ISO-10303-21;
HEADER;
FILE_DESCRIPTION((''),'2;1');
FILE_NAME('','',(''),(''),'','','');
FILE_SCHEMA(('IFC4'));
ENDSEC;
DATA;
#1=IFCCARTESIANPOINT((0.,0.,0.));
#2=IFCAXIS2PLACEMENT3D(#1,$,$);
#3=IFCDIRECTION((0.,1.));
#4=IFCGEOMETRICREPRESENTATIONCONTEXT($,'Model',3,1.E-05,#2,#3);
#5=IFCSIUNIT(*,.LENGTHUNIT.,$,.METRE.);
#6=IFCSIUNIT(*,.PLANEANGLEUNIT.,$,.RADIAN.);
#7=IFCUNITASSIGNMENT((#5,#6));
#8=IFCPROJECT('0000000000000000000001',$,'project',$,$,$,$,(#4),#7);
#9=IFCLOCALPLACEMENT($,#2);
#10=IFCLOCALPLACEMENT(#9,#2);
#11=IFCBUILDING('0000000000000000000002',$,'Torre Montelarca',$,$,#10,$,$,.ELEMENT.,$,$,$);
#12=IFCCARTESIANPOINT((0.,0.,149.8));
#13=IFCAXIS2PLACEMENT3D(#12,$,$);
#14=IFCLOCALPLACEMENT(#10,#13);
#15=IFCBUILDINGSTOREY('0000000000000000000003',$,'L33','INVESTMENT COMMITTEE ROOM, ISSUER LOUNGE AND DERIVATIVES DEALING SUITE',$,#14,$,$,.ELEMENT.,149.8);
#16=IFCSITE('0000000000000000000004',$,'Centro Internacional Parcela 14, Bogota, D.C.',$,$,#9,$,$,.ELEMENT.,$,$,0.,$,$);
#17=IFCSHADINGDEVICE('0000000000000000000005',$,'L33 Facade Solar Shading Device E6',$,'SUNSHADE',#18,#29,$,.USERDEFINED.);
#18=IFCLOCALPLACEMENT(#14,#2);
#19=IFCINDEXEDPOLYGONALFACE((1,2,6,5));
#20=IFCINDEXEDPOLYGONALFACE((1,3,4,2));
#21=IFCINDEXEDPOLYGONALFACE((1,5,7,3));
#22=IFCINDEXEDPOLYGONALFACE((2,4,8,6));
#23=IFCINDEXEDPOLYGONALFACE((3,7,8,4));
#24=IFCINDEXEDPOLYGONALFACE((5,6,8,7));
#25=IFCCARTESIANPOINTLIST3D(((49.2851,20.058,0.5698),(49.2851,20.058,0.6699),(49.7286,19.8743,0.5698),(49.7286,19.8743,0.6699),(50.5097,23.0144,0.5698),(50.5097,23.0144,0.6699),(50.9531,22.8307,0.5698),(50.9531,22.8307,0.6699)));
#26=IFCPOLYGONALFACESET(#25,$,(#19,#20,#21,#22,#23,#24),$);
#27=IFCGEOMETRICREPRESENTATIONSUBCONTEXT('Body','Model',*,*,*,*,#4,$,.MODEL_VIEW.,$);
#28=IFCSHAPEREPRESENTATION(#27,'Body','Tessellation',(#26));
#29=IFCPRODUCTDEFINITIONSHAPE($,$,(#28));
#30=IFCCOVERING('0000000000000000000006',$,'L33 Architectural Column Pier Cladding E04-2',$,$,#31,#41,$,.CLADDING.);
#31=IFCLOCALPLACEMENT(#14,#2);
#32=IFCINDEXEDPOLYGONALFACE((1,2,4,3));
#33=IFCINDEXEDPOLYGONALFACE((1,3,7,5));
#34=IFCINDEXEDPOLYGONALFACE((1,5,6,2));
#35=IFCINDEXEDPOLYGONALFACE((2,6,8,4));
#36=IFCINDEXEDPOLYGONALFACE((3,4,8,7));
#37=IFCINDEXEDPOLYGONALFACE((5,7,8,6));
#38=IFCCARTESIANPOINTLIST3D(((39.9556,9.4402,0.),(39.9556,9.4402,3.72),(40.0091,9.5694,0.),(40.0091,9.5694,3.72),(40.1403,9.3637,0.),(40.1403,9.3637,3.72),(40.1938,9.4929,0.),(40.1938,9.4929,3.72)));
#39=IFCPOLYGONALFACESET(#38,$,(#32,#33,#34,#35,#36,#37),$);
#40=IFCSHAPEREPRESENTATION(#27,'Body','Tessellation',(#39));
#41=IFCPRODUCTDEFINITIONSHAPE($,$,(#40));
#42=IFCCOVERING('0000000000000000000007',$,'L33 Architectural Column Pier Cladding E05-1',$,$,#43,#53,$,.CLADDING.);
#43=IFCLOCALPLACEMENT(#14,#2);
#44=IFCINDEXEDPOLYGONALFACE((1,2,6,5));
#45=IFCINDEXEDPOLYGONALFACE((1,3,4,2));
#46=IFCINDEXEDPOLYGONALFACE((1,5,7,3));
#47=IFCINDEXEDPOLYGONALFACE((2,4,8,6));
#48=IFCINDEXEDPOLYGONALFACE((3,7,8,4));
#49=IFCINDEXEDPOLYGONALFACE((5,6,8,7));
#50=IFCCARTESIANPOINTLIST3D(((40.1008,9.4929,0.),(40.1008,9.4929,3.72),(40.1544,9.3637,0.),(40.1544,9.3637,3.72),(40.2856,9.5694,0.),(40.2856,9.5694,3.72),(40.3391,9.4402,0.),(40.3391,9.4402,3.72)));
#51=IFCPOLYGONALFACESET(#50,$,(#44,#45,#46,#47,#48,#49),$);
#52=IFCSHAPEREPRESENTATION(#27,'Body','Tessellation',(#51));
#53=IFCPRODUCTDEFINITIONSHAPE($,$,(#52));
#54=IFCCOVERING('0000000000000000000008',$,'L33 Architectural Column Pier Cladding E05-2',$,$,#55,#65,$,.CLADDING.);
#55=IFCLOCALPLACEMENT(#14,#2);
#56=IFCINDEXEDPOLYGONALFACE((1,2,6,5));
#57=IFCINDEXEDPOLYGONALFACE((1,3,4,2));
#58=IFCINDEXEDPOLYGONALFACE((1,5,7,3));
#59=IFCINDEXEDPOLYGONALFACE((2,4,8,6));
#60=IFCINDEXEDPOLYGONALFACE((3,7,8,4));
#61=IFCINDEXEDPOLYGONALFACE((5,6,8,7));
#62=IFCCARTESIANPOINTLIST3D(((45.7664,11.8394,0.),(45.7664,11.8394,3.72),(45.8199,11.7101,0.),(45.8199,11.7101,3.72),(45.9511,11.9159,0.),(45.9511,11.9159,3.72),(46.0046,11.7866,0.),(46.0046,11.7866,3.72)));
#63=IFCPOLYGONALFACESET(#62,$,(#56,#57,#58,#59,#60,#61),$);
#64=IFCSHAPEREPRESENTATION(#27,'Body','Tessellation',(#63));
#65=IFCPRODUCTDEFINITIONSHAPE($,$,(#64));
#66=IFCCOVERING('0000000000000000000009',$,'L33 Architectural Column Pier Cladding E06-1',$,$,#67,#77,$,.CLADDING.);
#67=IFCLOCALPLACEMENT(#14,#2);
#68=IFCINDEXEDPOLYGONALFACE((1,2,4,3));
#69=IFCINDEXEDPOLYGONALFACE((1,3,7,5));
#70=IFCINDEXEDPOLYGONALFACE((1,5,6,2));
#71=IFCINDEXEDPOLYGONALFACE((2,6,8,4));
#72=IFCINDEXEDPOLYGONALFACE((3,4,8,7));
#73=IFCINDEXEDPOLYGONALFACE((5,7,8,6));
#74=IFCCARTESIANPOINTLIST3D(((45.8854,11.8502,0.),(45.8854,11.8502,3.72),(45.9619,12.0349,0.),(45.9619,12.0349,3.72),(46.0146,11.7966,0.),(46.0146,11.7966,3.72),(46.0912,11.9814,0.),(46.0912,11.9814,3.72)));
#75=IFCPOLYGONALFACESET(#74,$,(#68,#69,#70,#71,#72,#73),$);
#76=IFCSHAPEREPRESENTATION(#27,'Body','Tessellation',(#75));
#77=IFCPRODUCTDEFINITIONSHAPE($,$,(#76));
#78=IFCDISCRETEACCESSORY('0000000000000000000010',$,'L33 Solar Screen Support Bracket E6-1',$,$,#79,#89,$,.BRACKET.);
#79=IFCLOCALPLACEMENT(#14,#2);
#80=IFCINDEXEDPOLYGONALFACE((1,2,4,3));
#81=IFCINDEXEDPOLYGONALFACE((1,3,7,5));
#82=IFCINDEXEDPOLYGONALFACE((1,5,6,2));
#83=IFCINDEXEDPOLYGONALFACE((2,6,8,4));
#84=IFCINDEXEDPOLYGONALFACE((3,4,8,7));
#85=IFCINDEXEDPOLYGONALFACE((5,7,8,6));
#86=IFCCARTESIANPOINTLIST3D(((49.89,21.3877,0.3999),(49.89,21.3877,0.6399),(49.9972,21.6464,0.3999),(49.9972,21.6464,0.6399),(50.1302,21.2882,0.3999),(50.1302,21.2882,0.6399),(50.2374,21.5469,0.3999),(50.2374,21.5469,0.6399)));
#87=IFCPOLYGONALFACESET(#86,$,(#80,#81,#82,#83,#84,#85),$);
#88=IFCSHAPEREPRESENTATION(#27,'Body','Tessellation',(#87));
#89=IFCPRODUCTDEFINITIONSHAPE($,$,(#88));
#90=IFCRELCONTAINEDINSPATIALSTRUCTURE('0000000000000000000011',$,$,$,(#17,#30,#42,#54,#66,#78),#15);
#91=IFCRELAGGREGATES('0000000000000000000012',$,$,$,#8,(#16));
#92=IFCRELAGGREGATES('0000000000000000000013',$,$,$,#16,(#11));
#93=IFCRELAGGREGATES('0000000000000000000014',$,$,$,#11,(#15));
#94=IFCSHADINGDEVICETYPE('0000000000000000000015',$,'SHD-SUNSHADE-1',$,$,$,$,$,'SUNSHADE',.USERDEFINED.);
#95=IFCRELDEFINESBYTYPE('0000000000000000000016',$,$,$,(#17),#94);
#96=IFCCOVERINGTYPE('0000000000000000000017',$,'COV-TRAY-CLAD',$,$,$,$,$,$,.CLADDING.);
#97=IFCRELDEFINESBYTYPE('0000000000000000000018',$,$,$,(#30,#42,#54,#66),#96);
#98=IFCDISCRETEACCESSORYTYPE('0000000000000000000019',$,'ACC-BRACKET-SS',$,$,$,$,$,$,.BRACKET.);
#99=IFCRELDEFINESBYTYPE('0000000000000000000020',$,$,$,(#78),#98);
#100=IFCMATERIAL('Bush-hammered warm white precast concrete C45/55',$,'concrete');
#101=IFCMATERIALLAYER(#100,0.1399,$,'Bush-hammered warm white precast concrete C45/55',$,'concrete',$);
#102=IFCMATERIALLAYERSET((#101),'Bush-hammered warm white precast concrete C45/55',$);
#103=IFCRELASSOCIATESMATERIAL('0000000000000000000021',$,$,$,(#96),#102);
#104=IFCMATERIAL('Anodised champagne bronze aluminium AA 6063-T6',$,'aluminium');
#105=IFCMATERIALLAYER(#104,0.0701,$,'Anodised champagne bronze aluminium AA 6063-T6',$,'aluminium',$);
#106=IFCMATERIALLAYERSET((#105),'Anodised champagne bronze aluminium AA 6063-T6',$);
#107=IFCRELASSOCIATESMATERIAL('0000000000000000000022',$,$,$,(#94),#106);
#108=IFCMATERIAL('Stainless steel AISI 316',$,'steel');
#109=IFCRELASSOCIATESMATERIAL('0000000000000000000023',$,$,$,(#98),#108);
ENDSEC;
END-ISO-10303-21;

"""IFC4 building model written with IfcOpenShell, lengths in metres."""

from ifc_helpers import new_model, si_unit, direction, frame, origin, origin_2d, place, context, subcontext, project, spatial, rectangle, extrude, source, transform, mapped, material, layer, layer_set, type_object, element, save


model = new_model("IFC4")

# Units and contexts
model_context = context("Model", 3, precision=1e-05, world=origin(), true_north=direction((0.0, 1.0)))
body_context = subcontext(model_context, "Body", "Model", "MODEL_VIEW")
ifc_project = project(units=[si_unit("LENGTHUNIT", "METRE"), si_unit("PLANEANGLEUNIT", "RADIAN")], contexts=[model_context])

# Site, building, storey
site_placement = place(None, origin())
site = spatial("IfcSite", under=ifc_project, at=site_placement, Name="Centro Internacional Parcela 14, Bogota, D.C.", CompositionType="ELEMENT", RefElevation=0.0)
building_placement = place(site_placement, origin())
building = spatial("IfcBuilding", under=site, at=building_placement, Name="Torre Montelarca", CompositionType="ELEMENT")
storey_placement = place(building_placement, frame((0.0, 0.0, 149.8)))
storey = spatial("IfcBuildingStorey", under=building, at=storey_placement, Name="L33", Description="INVESTMENT COMMITTEE ROOM, ISSUER LOUNGE AND DERIVATIVES DEALING SUITE", CompositionType="ELEMENT", Elevation=149.8)

# Shared definitions
ifc_material_1 = material(Name="Bush-hammered warm white precast concrete C45/55", Category="concrete")
ifc_layer_1 = layer(ifc_material_1, 0.1399, Name="Bush-hammered warm white precast concrete C45/55", Category="concrete")
ifc_layer_set_1 = layer_set([ifc_layer_1], Name="Bush-hammered warm white precast concrete C45/55")
covering_type = type_object("IfcCoveringType", Name="COV-TRAY-CLAD", PredefinedType="CLADDING", material=ifc_layer_set_1)

# Shading device
ifc_material_2 = material(Name="Anodised champagne bronze aluminium AA 6063-T6", Category="aluminium")
ifc_layer_2 = layer(ifc_material_2, 0.0701, Name="Anodised champagne bronze aluminium AA 6063-T6", Category="aluminium")
ifc_layer_set_2 = layer_set([ifc_layer_2], Name="Anodised champagne bronze aluminium AA 6063-T6")
shading_device_type = type_object("IfcShadingDeviceType", Name="SHD-SUNSHADE-1", ElementType="SUNSHADE", PredefinedType="USERDEFINED", material=ifc_layer_set_2)
shared_shape_1 = source(origin(), body_context, "Body", "SweptSolid", [
    extrude(rectangle(XDim=3.2, YDim=0.48, at=origin_2d()), origin(), (0.0, 0.0, 1.0), 0.1001),
])
shading_device_placement = place(storey_placement, frame((50.1191, 21.4443, 0.5698), z_axis=(0.0, 0.0, 1.0), x_axis=(0.38268, 0.923881, 0.0)))
element("IfcShadingDevice", 1, at=shading_device_placement, inside=storey, type_object=shading_device_type, Name="L33 Facade Solar Shading Device E6", ObjectType="SUNSHADE", PredefinedType="USERDEFINED", context=body_context, shape_type="MappedRepresentation", body=[
    mapped(shared_shape_1, transform((0.0, 0.0, 0.0), scale=1.0)),
])

# Coverings
shared_shape_2 = source(origin(), body_context, "Body", "SweptSolid", [
    extrude(rectangle(XDim=0.2, YDim=0.1399, at=origin_2d()), origin(), (0.0, 0.0, 1.0), 3.72),
])
for number, where, z_axis, x_axis, name in (
    (2, (40.0747, 9.4666, 0.0), (0.0, 0.0, 1.0), (0.923883, -0.382675, 0.0), "L33 Architectural Column Pier Cladding E04-2"),
    (3, (40.22, 9.4666, 0.0), (0.0, 0.0, 1.0), (0.923886, 0.382669, 0.0), "L33 Architectural Column Pier Cladding E05-1"),
    (4, (45.8855, 11.813, 0.0), (0.0, 0.0, 1.0), (0.923886, 0.382669, 0.0), "L33 Architectural Column Pier Cladding E05-2"),
    (5, (45.9883, 11.9158, 0.0), (0.0, 0.0, 1.0), (0.382682, 0.92388, 0.0), "L33 Architectural Column Pier Cladding E06-1"),
):
    element("IfcCovering", number, at=place(storey_placement, frame(where, z_axis=z_axis, x_axis=x_axis)), inside=storey, type_object=covering_type, Name=name, PredefinedType="CLADDING", context=body_context, shape_type="MappedRepresentation", body=[
        mapped(shared_shape_2, transform((0.0, 0.0, 0.0), scale=1.0)),
    ])

# Discrete accessory
ifc_material_3 = material(Name="Stainless steel AISI 316", Category="steel")
discrete_accessory_type = type_object("IfcDiscreteAccessoryType", Name="ACC-BRACKET-SS", PredefinedType="BRACKET", material=ifc_material_3)
shared_shape_3 = source(origin(), body_context, "Body", "SweptSolid", [
    extrude(rectangle(XDim=0.28, YDim=0.26, at=origin_2d()), origin(), (0.0, 0.0, 1.0), 0.24),
])
discrete_accessory_placement = place(storey_placement, frame((50.0637, 21.4673, 0.3999), z_axis=(0.0, 0.0, 1.0), x_axis=(0.38268, 0.923881, 0.0)))
element("IfcDiscreteAccessory", 6, at=discrete_accessory_placement, inside=storey, type_object=discrete_accessory_type, Name="L33 Solar Screen Support Bracket E6-1", PredefinedType="BRACKET", context=body_context, shape_type="MappedRepresentation", body=[
    mapped(shared_shape_3, transform((0.0, 0.0, 0.0), scale=1.0)),
])

save(model, "model.ifc")
